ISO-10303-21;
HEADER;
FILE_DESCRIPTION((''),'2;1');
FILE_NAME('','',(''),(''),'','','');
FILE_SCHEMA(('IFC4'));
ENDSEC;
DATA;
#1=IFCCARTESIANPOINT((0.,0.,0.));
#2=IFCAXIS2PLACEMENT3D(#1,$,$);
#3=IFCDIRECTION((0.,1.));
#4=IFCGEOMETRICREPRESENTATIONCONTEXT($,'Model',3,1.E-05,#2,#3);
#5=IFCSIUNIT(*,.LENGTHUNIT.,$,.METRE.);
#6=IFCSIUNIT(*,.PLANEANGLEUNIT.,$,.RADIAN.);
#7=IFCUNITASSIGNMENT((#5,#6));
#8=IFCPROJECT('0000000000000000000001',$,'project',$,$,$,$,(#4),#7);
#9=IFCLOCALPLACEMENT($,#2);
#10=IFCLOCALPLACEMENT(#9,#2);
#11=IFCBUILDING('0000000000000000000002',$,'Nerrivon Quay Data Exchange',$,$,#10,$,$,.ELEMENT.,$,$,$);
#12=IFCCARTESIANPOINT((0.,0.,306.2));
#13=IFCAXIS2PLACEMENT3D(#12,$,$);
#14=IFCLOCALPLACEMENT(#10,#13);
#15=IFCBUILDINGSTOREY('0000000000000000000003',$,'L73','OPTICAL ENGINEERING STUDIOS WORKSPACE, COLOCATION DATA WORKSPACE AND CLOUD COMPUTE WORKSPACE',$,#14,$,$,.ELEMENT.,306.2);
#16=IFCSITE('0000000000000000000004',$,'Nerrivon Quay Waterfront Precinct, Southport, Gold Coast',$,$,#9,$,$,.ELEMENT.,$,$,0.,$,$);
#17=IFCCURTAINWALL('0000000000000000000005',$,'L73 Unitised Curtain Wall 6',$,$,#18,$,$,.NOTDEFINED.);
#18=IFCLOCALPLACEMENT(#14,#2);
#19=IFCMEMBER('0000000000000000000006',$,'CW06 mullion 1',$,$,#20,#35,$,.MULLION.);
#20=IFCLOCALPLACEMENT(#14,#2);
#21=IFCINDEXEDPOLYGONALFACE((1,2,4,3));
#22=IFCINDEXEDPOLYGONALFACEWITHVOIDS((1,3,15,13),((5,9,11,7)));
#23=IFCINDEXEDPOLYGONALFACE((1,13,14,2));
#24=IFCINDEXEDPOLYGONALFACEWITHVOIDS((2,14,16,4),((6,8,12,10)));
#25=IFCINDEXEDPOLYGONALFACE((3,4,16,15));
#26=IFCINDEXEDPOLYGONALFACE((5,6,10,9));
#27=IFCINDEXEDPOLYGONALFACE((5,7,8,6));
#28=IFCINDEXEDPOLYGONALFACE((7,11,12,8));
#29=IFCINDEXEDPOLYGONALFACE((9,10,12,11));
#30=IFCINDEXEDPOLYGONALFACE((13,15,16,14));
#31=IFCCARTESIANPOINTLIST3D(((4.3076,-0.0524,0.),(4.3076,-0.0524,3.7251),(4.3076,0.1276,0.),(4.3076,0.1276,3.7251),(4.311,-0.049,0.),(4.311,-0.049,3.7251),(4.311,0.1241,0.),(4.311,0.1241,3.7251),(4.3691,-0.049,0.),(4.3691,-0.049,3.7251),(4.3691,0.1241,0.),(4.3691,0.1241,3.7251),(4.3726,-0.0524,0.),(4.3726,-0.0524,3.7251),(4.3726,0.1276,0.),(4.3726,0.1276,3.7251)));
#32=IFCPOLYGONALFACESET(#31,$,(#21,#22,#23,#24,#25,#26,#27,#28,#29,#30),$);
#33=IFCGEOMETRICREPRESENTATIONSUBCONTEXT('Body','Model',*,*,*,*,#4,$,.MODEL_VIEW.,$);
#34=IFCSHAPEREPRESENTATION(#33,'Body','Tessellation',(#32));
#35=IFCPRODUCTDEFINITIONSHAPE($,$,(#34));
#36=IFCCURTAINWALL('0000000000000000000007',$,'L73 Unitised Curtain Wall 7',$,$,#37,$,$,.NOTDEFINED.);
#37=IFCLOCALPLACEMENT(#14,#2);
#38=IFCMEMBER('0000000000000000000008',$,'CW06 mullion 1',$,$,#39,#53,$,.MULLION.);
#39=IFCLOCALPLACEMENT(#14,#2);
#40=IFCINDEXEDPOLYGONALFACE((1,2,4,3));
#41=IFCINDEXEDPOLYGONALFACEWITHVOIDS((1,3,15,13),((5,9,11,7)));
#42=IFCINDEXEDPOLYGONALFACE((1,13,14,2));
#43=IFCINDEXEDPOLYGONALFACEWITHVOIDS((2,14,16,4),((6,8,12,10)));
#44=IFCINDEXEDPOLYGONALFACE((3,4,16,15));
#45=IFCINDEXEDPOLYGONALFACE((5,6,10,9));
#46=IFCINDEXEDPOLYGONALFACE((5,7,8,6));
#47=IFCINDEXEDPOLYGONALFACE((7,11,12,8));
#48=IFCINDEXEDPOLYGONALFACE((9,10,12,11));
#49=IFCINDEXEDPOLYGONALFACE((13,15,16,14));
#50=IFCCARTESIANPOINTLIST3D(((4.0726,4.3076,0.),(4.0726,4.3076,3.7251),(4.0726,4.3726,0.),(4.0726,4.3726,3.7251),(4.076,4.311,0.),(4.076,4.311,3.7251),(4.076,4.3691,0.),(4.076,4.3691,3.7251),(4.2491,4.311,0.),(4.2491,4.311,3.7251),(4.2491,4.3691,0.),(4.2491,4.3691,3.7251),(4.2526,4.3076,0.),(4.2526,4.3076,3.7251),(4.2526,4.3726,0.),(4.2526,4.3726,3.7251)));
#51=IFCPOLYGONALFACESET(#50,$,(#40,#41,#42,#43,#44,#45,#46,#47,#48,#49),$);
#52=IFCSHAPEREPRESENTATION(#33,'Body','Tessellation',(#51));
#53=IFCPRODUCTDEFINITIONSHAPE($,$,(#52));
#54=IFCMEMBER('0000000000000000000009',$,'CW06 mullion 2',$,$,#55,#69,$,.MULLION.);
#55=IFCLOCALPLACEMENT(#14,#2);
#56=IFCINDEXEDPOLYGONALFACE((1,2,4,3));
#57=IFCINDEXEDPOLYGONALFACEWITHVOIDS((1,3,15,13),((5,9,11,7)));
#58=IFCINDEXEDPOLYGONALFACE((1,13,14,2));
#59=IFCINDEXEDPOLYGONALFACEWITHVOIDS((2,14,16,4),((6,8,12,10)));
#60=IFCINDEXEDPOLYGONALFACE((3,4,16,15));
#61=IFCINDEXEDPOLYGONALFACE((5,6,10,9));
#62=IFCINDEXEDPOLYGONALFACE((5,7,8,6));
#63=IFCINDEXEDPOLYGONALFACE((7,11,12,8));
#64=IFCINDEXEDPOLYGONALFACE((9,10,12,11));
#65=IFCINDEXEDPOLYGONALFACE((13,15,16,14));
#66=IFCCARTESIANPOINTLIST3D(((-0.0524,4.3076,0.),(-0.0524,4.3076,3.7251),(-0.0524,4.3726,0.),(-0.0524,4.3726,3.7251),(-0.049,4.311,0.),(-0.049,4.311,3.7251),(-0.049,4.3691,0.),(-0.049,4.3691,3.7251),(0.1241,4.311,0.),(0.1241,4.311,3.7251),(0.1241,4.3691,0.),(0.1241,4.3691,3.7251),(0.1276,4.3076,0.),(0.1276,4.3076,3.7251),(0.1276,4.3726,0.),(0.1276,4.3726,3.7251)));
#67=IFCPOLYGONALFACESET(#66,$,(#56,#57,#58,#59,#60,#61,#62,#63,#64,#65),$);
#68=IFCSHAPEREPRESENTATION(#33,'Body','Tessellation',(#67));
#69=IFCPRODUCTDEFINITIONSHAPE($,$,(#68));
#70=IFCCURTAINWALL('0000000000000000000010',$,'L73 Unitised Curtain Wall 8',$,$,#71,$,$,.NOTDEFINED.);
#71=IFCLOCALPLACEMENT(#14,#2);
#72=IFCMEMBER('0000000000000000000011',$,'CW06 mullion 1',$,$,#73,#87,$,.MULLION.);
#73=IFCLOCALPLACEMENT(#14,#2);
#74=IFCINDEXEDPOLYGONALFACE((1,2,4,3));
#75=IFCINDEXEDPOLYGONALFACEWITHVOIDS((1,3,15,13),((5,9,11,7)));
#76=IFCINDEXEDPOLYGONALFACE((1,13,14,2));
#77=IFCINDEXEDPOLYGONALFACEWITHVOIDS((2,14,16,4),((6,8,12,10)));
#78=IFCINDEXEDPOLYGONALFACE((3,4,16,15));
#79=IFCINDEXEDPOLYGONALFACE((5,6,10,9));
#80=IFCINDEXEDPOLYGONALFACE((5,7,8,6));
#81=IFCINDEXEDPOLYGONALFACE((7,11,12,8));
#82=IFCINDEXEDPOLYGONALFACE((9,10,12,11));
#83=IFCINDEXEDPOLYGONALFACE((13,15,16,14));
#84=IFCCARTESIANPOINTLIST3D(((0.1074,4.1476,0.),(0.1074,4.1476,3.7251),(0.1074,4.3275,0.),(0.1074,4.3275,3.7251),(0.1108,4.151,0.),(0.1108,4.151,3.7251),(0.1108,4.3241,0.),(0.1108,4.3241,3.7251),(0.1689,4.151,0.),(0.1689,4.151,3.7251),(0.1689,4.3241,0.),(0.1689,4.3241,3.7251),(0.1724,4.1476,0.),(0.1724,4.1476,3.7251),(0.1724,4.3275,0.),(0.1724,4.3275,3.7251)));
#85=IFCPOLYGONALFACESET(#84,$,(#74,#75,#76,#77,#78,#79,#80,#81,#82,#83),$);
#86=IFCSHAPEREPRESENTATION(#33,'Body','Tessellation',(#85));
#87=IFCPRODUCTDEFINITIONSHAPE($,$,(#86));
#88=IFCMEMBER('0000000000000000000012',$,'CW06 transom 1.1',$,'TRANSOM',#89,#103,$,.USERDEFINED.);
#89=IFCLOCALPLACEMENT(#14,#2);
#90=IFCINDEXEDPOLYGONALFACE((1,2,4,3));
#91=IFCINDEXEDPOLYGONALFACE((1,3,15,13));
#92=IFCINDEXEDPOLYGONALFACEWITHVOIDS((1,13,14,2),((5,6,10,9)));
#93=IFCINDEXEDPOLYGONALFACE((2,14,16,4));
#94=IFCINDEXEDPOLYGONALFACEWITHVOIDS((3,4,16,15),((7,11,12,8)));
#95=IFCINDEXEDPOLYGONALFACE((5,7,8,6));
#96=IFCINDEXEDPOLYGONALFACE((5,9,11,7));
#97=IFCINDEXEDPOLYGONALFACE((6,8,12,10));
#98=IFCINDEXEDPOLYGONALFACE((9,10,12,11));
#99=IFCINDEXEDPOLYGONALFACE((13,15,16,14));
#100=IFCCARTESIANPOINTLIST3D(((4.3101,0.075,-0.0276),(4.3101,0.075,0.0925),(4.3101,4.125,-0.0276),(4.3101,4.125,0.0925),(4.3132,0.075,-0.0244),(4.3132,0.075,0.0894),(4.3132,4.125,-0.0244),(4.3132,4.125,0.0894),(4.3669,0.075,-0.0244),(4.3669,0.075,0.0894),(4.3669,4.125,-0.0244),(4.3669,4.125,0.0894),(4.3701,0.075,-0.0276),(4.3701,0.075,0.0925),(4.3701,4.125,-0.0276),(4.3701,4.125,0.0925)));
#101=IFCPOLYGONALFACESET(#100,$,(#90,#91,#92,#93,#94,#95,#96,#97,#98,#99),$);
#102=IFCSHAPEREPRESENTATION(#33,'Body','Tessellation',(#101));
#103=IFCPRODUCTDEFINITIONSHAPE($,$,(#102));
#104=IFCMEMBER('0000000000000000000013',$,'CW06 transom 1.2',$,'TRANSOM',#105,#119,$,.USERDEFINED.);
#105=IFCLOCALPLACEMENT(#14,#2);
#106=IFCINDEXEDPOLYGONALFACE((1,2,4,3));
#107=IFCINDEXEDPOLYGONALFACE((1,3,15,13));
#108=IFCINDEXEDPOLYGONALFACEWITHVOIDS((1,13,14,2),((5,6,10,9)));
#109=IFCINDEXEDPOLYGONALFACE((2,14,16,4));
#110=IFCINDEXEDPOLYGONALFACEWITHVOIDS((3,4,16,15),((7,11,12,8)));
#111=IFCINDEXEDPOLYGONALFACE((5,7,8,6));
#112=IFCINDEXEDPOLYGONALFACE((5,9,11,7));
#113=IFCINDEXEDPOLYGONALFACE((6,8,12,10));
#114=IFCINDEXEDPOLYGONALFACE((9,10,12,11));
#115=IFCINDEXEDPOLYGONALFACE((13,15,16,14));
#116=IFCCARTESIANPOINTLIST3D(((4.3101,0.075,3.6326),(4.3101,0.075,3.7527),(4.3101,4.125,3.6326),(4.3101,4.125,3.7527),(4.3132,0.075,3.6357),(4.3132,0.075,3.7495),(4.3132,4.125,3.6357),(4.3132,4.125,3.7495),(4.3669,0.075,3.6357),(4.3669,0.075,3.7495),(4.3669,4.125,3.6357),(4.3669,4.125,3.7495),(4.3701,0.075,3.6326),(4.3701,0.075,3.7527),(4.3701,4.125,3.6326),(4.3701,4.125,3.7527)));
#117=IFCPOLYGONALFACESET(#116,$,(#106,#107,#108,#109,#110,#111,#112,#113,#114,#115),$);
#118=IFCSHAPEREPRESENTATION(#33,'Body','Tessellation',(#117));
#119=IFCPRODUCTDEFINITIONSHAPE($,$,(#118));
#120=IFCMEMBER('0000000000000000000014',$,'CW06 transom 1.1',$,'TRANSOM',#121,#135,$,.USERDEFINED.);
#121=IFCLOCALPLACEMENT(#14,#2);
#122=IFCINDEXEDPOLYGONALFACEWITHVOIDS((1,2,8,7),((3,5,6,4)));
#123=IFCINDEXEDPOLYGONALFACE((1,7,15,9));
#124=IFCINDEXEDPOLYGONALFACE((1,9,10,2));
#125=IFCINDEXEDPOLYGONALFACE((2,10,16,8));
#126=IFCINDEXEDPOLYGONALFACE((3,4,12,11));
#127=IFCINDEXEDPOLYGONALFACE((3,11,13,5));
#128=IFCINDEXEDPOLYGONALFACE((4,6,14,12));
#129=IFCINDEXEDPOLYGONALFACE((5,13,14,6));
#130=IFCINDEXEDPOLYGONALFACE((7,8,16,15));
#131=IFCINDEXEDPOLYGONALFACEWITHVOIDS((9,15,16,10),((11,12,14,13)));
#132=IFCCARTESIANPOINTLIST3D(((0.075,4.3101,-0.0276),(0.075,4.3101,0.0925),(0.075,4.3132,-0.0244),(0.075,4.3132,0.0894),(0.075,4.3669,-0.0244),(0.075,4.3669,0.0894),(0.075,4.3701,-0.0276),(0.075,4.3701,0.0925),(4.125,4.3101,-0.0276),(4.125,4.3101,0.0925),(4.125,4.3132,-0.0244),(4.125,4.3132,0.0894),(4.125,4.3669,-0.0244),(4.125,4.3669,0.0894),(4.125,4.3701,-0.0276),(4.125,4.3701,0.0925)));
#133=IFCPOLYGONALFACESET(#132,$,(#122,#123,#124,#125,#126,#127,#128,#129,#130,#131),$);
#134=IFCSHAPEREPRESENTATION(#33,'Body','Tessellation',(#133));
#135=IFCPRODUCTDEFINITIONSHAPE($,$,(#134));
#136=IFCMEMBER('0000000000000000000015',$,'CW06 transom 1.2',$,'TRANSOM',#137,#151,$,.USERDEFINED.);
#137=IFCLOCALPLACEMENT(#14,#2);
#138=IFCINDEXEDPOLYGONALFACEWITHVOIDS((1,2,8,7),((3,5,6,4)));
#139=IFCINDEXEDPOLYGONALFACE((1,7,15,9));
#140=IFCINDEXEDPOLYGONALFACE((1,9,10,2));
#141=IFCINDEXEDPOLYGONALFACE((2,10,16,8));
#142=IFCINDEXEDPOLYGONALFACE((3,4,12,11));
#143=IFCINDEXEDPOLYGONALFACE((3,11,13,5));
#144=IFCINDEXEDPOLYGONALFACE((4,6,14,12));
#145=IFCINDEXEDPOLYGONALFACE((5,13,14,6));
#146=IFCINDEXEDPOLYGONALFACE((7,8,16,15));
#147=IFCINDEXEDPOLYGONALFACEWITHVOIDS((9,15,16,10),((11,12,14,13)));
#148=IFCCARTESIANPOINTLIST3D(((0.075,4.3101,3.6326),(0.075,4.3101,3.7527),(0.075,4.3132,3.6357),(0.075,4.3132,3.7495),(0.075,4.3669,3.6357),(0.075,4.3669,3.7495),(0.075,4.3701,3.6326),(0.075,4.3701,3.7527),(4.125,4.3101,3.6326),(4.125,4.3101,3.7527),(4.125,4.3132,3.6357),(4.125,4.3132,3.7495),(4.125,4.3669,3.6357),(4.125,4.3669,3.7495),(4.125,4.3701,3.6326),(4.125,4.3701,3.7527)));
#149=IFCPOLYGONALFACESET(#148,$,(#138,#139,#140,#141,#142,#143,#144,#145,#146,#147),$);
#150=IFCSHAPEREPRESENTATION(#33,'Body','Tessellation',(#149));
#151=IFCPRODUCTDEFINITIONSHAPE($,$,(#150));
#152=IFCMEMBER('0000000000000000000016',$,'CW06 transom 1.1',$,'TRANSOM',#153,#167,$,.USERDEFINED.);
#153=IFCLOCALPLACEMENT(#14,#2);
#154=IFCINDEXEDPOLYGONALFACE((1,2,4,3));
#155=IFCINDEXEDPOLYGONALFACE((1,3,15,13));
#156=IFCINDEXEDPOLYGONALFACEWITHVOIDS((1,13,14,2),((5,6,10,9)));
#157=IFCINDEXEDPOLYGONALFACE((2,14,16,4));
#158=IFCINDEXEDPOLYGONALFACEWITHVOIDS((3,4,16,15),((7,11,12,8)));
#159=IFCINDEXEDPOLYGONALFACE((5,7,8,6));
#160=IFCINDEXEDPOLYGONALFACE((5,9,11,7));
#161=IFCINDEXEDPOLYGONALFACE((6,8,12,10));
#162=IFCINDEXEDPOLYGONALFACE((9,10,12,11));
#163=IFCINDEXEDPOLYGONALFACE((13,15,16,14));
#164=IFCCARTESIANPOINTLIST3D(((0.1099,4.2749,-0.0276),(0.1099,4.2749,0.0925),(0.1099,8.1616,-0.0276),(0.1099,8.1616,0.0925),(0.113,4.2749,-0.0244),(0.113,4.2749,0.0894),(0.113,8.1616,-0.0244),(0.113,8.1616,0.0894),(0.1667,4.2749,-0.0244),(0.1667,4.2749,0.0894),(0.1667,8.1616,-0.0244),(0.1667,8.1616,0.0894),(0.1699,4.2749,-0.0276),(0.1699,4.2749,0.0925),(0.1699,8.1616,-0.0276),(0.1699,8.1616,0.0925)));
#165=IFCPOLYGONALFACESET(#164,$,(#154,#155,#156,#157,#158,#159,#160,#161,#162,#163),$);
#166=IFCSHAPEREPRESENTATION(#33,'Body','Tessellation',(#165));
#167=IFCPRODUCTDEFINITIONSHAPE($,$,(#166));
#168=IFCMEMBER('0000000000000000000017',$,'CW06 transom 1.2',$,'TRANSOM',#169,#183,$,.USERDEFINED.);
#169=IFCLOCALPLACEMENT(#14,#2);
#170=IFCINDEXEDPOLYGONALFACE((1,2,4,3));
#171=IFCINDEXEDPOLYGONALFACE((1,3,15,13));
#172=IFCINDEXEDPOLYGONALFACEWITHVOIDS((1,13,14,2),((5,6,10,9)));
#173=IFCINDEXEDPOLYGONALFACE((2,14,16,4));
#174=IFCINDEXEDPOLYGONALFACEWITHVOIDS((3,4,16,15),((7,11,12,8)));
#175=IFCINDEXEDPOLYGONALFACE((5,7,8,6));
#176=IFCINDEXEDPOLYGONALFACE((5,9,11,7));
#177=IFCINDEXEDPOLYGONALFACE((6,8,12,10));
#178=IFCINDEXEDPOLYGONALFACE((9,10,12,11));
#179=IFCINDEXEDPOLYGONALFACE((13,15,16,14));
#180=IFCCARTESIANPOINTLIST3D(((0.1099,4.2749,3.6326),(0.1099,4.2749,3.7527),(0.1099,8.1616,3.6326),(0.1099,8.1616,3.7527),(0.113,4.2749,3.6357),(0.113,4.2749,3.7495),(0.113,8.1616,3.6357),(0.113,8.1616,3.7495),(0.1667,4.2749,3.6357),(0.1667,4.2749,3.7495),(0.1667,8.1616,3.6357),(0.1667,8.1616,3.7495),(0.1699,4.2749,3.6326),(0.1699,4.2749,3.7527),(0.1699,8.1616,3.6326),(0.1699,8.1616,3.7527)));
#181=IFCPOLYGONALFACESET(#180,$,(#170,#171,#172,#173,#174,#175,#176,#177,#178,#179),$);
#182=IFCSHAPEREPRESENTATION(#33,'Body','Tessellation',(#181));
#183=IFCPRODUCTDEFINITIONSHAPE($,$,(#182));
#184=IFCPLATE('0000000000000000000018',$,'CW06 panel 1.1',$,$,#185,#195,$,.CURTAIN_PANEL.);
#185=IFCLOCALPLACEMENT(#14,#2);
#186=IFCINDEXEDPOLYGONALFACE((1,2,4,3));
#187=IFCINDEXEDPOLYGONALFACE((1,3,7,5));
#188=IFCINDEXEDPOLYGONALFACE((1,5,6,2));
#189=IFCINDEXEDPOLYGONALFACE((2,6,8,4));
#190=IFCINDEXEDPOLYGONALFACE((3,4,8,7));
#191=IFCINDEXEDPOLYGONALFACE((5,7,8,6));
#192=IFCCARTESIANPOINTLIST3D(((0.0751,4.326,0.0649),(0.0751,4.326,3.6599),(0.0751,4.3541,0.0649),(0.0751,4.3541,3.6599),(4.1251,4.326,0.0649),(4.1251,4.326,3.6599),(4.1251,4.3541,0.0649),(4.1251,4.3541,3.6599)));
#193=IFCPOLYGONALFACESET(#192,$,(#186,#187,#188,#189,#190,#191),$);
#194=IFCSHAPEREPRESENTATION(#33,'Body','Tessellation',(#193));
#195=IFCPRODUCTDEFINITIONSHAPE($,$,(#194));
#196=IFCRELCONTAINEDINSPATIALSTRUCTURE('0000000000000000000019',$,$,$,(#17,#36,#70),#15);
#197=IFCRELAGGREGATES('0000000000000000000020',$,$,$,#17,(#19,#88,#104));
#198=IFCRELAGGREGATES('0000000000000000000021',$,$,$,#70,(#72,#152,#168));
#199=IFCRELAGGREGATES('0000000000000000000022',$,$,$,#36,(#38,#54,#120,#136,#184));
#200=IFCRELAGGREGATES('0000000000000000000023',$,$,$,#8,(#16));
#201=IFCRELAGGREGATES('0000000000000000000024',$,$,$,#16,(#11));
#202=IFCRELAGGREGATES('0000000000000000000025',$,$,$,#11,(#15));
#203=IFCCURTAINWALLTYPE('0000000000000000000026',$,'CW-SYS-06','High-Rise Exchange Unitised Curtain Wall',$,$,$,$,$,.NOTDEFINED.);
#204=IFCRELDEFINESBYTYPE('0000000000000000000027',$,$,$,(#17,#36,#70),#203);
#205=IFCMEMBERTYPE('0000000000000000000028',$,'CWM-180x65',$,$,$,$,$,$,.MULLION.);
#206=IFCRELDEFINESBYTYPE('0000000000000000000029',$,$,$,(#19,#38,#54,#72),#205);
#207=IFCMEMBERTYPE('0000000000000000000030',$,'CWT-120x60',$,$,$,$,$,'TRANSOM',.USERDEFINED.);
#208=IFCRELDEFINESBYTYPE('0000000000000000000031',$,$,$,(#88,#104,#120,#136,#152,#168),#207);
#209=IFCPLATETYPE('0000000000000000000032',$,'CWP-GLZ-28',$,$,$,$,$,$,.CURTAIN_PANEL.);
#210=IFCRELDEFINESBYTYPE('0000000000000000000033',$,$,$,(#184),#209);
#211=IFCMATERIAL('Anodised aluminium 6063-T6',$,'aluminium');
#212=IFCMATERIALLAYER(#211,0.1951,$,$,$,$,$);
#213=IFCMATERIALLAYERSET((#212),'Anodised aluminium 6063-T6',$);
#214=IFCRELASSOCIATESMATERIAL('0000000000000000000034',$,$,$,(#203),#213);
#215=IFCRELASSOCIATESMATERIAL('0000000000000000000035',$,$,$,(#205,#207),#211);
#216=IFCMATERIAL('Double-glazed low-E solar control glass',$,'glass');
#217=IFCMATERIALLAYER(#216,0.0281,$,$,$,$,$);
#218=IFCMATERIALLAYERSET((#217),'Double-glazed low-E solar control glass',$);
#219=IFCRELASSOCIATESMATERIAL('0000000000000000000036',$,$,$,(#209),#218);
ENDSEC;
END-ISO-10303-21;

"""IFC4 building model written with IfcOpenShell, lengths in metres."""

from ifc_helpers import new_model, si_unit, direction, frame, origin, origin_2d, place, context, subcontext, project, spatial, rectangle, hollow_rectangle, extrude, material, layer, layer_set, material_profile, profile_set, type_object, element, aggregate, save


model = new_model("IFC4")

# Units and contexts
model_context = context("Model", 3, precision=1e-05, world=origin(), true_north=direction((0.0, 1.0)))
body_context = subcontext(model_context, "Body", "Model", "MODEL_VIEW")
ifc_project = project(units=[si_unit("LENGTHUNIT", "METRE"), si_unit("PLANEANGLEUNIT", "RADIAN")], contexts=[model_context])

# Site, building, storey
site_placement = place(None, origin())
site = spatial("IfcSite", under=ifc_project, at=site_placement, Name="Nerrivon Quay Waterfront Precinct, Southport, Gold Coast", CompositionType="ELEMENT", RefElevation=0.0)
building_placement = place(site_placement, origin())
building = spatial("IfcBuilding", under=site, at=building_placement, Name="Nerrivon Quay Data Exchange", CompositionType="ELEMENT")
storey_placement = place(building_placement, frame((0.0, 0.0, 306.2)))
storey = spatial("IfcBuildingStorey", under=building, at=storey_placement, Name="L73", Description="OPTICAL ENGINEERING STUDIOS WORKSPACE, COLOCATION DATA WORKSPACE AND CLOUD COMPUTE WORKSPACE", CompositionType="ELEMENT", Elevation=306.2)

# Curtain wall, member
ifc_material_1 = material(Name="Anodised aluminium 6063-T6", Category="aluminium")
ifc_layer_1 = layer(ifc_material_1, 0.1951)
ifc_layer_set_1 = layer_set([ifc_layer_1], Name="Anodised aluminium 6063-T6")
curtain_wall_type = type_object("IfcCurtainWallType", Name="CW-SYS-06", Description="High-Rise Exchange Unitised Curtain Wall", PredefinedType="NOTDEFINED", material=ifc_layer_set_1)
curtain_wall_1_placement = place(storey_placement, origin())
curtain_wall_1 = element("IfcCurtainWall", 1, at=curtain_wall_1_placement, inside=storey, type_object=curtain_wall_type, Name="L73 Unitised Curtain Wall 6", PredefinedType="NOTDEFINED")
ifc_material_profile_1 = material_profile(ifc_material_1, hollow_rectangle(XDim=0.0649, YDim=0.1799, WallThickness=0.0034, at=origin_2d()), Name="ALU-MULL-180x65")
ifc_profile_set_1 = profile_set([ifc_material_profile_1], Name="Anodised aluminium 6063-T6")
member_type_1 = type_object("IfcMemberType", Name="CWM-180x65", PredefinedType="MULLION", material=ifc_profile_set_1)
member_1_placement = place(storey_placement, frame((4.3401, 0.0376, 0.0), z_axis=(0.0, 0.0, 1.0), x_axis=(-1.0, 0.0, 0.0)))
member_1 = element("IfcMember", 2, at=member_1_placement, type_object=member_type_1, Name="CW06 mullion 1", PredefinedType="MULLION", context=body_context, shape_type="SweptSolid", body=[
    extrude(hollow_rectangle(XDim=0.0649, YDim=0.1799, WallThickness=0.0034, at=origin_2d()), origin(), (0.0, 0.0, 1.0), 3.7251),
])

# Curtain wall, members
curtain_wall_2_placement = place(storey_placement, origin())
curtain_wall_2 = element("IfcCurtainWall", 3, at=curtain_wall_2_placement, inside=storey, type_object=curtain_wall_type, Name="L73 Unitised Curtain Wall 7", PredefinedType="NOTDEFINED")
member_2_placement = place(storey_placement, frame((4.1626, 4.3401, 0.0), z_axis=(0.0, 0.0, 1.0), x_axis=(0.0, -1.0, 0.0)))
member_2 = element("IfcMember", 4, at=member_2_placement, type_object=member_type_1, Name="CW06 mullion 1", PredefinedType="MULLION", context=body_context, shape_type="SweptSolid", body=[
    extrude(hollow_rectangle(XDim=0.0649, YDim=0.1799, WallThickness=0.0034, at=origin_2d()), origin(), (0.0, 0.0, 1.0), 3.7251),
])
member_3_placement = place(storey_placement, frame((0.0376, 4.3401, 0.0), z_axis=(0.0, 0.0, 1.0), x_axis=(0.0, -1.0, 0.0)))
member_3 = element("IfcMember", 5, at=member_3_placement, type_object=member_type_1, Name="CW06 mullion 2", PredefinedType="MULLION", context=body_context, shape_type="SweptSolid", body=[
    extrude(hollow_rectangle(XDim=0.0649, YDim=0.1799, WallThickness=0.0034, at=origin_2d()), origin(), (0.0, 0.0, 1.0), 3.7251),
])

# Curtain wall, member
curtain_wall_3_placement = place(storey_placement, origin())
curtain_wall_3 = element("IfcCurtainWall", 6, at=curtain_wall_3_placement, inside=storey, type_object=curtain_wall_type, Name="L73 Unitised Curtain Wall 8", PredefinedType="NOTDEFINED")
member_4_placement = place(storey_placement, frame((0.1399, 4.2375, 0.0), z_axis=(0.0, 0.0, 1.0), x_axis=(-1.0, 0.0, 0.0)))
member_4 = element("IfcMember", 7, at=member_4_placement, type_object=member_type_1, Name="CW06 mullion 1", PredefinedType="MULLION", context=body_context, shape_type="SweptSolid", body=[
    extrude(hollow_rectangle(XDim=0.0649, YDim=0.1799, WallThickness=0.0034, at=origin_2d()), origin(), (0.0, 0.0, 1.0), 3.7251),
])

# Members
ifc_material_profile_2 = material_profile(ifc_material_1, hollow_rectangle(XDim=0.0601, YDim=0.1201, WallThickness=0.0032, at=origin_2d()), Name="ALU-TRAN-120x60")
ifc_profile_set_2 = profile_set([ifc_material_profile_2], Name="Anodised aluminium 6063-T6")
member_type_2 = type_object("IfcMemberType", Name="CWT-120x60", ElementType="TRANSOM", PredefinedType="USERDEFINED", material=ifc_profile_set_2)
member_5_placement = place(storey_placement, frame((4.3401, 0.075, 0.0325), z_axis=(0.0, 1.0, 0.0), x_axis=(-1.0, 0.0, 0.0)))
member_5 = element("IfcMember", 8, at=member_5_placement, type_object=member_type_2, Name="CW06 transom 1.1", ObjectType="TRANSOM", PredefinedType="USERDEFINED", context=body_context, shape_type="SweptSolid", body=[
    extrude(hollow_rectangle(XDim=0.0601, YDim=0.1201, WallThickness=0.0032, at=origin_2d()), origin(), (0.0, 0.0, 1.0), 4.05),
])
member_6_placement = place(storey_placement, frame((4.3401, 0.075, 3.6926), z_axis=(0.0, 1.0, 0.0), x_axis=(-1.0, 0.0, 0.0)))
member_6 = element("IfcMember", 9, at=member_6_placement, type_object=member_type_2, Name="CW06 transom 1.2", ObjectType="TRANSOM", PredefinedType="USERDEFINED", context=body_context, shape_type="SweptSolid", body=[
    extrude(hollow_rectangle(XDim=0.0601, YDim=0.1201, WallThickness=0.0032, at=origin_2d()), origin(), (0.0, 0.0, 1.0), 4.05),
])
aggregate(curtain_wall_1, [member_1, member_5, member_6])
member_7_placement = place(storey_placement, frame((4.125, 4.3401, 0.0325), z_axis=(-1.0, 0.0, 0.0), x_axis=(0.0, -1.0, 0.0)))
member_7 = element("IfcMember", 10, at=member_7_placement, type_object=member_type_2, Name="CW06 transom 1.1", ObjectType="TRANSOM", PredefinedType="USERDEFINED", context=body_context, shape_type="SweptSolid", body=[
    extrude(hollow_rectangle(XDim=0.0601, YDim=0.1201, WallThickness=0.0032, at=origin_2d()), origin(), (0.0, 0.0, 1.0), 4.05),
])
member_8_placement = place(storey_placement, frame((4.125, 4.3401, 3.6926), z_axis=(-1.0, 0.0, 0.0), x_axis=(0.0, -1.0, 0.0)))
member_8 = element("IfcMember", 11, at=member_8_placement, type_object=member_type_2, Name="CW06 transom 1.2", ObjectType="TRANSOM", PredefinedType="USERDEFINED", context=body_context, shape_type="SweptSolid", body=[
    extrude(hollow_rectangle(XDim=0.0601, YDim=0.1201, WallThickness=0.0032, at=origin_2d()), origin(), (0.0, 0.0, 1.0), 4.05),
])
member_9_placement = place(storey_placement, frame((0.1399, 4.2749, 0.0325), z_axis=(0.0, 1.0, 0.0), x_axis=(-1.0, 0.0, 0.0)))
member_9 = element("IfcMember", 12, at=member_9_placement, type_object=member_type_2, Name="CW06 transom 1.1", ObjectType="TRANSOM", PredefinedType="USERDEFINED", context=body_context, shape_type="SweptSolid", body=[
    extrude(hollow_rectangle(XDim=0.0601, YDim=0.1201, WallThickness=0.0032, at=origin_2d()), origin(), (0.0, 0.0, 1.0), 3.8867),
])
member_10_placement = place(storey_placement, frame((0.1399, 4.2749, 3.6926), z_axis=(0.0, 1.0, 0.0), x_axis=(-1.0, 0.0, 0.0)))
member_10 = element("IfcMember", 13, at=member_10_placement, type_object=member_type_2, Name="CW06 transom 1.2", ObjectType="TRANSOM", PredefinedType="USERDEFINED", context=body_context, shape_type="SweptSolid", body=[
    extrude(hollow_rectangle(XDim=0.0601, YDim=0.1201, WallThickness=0.0032, at=origin_2d()), origin(), (0.0, 0.0, 1.0), 3.8867),
])
aggregate(curtain_wall_3, [member_4, member_9, member_10])

# Plate
ifc_material_2 = material(Name="Double-glazed low-E solar control glass", Category="glass")
ifc_layer_2 = layer(ifc_material_2, 0.0281)
ifc_layer_set_2 = layer_set([ifc_layer_2], Name="Double-glazed low-E solar control glass")
plate_type = type_object("IfcPlateType", Name="CWP-GLZ-28", PredefinedType="CURTAIN_PANEL", material=ifc_layer_set_2)
plate_placement = place(storey_placement, frame((2.1001, 4.3401, 0.0649), z_axis=(0.0, 0.0, 1.0), x_axis=(-1.0, 0.0, 0.0)))
plate = element("IfcPlate", 14, at=plate_placement, type_object=plate_type, Name="CW06 panel 1.1", PredefinedType="CURTAIN_PANEL", context=body_context, shape_type="SweptSolid", body=[
    extrude(rectangle(XDim=4.05, YDim=0.0281, at=origin_2d()), origin(), (0.0, 0.0, 1.0), 3.595),
])
aggregate(curtain_wall_2, [member_2, member_3, member_7, member_8, plate])

save(model, "model.ifc")
